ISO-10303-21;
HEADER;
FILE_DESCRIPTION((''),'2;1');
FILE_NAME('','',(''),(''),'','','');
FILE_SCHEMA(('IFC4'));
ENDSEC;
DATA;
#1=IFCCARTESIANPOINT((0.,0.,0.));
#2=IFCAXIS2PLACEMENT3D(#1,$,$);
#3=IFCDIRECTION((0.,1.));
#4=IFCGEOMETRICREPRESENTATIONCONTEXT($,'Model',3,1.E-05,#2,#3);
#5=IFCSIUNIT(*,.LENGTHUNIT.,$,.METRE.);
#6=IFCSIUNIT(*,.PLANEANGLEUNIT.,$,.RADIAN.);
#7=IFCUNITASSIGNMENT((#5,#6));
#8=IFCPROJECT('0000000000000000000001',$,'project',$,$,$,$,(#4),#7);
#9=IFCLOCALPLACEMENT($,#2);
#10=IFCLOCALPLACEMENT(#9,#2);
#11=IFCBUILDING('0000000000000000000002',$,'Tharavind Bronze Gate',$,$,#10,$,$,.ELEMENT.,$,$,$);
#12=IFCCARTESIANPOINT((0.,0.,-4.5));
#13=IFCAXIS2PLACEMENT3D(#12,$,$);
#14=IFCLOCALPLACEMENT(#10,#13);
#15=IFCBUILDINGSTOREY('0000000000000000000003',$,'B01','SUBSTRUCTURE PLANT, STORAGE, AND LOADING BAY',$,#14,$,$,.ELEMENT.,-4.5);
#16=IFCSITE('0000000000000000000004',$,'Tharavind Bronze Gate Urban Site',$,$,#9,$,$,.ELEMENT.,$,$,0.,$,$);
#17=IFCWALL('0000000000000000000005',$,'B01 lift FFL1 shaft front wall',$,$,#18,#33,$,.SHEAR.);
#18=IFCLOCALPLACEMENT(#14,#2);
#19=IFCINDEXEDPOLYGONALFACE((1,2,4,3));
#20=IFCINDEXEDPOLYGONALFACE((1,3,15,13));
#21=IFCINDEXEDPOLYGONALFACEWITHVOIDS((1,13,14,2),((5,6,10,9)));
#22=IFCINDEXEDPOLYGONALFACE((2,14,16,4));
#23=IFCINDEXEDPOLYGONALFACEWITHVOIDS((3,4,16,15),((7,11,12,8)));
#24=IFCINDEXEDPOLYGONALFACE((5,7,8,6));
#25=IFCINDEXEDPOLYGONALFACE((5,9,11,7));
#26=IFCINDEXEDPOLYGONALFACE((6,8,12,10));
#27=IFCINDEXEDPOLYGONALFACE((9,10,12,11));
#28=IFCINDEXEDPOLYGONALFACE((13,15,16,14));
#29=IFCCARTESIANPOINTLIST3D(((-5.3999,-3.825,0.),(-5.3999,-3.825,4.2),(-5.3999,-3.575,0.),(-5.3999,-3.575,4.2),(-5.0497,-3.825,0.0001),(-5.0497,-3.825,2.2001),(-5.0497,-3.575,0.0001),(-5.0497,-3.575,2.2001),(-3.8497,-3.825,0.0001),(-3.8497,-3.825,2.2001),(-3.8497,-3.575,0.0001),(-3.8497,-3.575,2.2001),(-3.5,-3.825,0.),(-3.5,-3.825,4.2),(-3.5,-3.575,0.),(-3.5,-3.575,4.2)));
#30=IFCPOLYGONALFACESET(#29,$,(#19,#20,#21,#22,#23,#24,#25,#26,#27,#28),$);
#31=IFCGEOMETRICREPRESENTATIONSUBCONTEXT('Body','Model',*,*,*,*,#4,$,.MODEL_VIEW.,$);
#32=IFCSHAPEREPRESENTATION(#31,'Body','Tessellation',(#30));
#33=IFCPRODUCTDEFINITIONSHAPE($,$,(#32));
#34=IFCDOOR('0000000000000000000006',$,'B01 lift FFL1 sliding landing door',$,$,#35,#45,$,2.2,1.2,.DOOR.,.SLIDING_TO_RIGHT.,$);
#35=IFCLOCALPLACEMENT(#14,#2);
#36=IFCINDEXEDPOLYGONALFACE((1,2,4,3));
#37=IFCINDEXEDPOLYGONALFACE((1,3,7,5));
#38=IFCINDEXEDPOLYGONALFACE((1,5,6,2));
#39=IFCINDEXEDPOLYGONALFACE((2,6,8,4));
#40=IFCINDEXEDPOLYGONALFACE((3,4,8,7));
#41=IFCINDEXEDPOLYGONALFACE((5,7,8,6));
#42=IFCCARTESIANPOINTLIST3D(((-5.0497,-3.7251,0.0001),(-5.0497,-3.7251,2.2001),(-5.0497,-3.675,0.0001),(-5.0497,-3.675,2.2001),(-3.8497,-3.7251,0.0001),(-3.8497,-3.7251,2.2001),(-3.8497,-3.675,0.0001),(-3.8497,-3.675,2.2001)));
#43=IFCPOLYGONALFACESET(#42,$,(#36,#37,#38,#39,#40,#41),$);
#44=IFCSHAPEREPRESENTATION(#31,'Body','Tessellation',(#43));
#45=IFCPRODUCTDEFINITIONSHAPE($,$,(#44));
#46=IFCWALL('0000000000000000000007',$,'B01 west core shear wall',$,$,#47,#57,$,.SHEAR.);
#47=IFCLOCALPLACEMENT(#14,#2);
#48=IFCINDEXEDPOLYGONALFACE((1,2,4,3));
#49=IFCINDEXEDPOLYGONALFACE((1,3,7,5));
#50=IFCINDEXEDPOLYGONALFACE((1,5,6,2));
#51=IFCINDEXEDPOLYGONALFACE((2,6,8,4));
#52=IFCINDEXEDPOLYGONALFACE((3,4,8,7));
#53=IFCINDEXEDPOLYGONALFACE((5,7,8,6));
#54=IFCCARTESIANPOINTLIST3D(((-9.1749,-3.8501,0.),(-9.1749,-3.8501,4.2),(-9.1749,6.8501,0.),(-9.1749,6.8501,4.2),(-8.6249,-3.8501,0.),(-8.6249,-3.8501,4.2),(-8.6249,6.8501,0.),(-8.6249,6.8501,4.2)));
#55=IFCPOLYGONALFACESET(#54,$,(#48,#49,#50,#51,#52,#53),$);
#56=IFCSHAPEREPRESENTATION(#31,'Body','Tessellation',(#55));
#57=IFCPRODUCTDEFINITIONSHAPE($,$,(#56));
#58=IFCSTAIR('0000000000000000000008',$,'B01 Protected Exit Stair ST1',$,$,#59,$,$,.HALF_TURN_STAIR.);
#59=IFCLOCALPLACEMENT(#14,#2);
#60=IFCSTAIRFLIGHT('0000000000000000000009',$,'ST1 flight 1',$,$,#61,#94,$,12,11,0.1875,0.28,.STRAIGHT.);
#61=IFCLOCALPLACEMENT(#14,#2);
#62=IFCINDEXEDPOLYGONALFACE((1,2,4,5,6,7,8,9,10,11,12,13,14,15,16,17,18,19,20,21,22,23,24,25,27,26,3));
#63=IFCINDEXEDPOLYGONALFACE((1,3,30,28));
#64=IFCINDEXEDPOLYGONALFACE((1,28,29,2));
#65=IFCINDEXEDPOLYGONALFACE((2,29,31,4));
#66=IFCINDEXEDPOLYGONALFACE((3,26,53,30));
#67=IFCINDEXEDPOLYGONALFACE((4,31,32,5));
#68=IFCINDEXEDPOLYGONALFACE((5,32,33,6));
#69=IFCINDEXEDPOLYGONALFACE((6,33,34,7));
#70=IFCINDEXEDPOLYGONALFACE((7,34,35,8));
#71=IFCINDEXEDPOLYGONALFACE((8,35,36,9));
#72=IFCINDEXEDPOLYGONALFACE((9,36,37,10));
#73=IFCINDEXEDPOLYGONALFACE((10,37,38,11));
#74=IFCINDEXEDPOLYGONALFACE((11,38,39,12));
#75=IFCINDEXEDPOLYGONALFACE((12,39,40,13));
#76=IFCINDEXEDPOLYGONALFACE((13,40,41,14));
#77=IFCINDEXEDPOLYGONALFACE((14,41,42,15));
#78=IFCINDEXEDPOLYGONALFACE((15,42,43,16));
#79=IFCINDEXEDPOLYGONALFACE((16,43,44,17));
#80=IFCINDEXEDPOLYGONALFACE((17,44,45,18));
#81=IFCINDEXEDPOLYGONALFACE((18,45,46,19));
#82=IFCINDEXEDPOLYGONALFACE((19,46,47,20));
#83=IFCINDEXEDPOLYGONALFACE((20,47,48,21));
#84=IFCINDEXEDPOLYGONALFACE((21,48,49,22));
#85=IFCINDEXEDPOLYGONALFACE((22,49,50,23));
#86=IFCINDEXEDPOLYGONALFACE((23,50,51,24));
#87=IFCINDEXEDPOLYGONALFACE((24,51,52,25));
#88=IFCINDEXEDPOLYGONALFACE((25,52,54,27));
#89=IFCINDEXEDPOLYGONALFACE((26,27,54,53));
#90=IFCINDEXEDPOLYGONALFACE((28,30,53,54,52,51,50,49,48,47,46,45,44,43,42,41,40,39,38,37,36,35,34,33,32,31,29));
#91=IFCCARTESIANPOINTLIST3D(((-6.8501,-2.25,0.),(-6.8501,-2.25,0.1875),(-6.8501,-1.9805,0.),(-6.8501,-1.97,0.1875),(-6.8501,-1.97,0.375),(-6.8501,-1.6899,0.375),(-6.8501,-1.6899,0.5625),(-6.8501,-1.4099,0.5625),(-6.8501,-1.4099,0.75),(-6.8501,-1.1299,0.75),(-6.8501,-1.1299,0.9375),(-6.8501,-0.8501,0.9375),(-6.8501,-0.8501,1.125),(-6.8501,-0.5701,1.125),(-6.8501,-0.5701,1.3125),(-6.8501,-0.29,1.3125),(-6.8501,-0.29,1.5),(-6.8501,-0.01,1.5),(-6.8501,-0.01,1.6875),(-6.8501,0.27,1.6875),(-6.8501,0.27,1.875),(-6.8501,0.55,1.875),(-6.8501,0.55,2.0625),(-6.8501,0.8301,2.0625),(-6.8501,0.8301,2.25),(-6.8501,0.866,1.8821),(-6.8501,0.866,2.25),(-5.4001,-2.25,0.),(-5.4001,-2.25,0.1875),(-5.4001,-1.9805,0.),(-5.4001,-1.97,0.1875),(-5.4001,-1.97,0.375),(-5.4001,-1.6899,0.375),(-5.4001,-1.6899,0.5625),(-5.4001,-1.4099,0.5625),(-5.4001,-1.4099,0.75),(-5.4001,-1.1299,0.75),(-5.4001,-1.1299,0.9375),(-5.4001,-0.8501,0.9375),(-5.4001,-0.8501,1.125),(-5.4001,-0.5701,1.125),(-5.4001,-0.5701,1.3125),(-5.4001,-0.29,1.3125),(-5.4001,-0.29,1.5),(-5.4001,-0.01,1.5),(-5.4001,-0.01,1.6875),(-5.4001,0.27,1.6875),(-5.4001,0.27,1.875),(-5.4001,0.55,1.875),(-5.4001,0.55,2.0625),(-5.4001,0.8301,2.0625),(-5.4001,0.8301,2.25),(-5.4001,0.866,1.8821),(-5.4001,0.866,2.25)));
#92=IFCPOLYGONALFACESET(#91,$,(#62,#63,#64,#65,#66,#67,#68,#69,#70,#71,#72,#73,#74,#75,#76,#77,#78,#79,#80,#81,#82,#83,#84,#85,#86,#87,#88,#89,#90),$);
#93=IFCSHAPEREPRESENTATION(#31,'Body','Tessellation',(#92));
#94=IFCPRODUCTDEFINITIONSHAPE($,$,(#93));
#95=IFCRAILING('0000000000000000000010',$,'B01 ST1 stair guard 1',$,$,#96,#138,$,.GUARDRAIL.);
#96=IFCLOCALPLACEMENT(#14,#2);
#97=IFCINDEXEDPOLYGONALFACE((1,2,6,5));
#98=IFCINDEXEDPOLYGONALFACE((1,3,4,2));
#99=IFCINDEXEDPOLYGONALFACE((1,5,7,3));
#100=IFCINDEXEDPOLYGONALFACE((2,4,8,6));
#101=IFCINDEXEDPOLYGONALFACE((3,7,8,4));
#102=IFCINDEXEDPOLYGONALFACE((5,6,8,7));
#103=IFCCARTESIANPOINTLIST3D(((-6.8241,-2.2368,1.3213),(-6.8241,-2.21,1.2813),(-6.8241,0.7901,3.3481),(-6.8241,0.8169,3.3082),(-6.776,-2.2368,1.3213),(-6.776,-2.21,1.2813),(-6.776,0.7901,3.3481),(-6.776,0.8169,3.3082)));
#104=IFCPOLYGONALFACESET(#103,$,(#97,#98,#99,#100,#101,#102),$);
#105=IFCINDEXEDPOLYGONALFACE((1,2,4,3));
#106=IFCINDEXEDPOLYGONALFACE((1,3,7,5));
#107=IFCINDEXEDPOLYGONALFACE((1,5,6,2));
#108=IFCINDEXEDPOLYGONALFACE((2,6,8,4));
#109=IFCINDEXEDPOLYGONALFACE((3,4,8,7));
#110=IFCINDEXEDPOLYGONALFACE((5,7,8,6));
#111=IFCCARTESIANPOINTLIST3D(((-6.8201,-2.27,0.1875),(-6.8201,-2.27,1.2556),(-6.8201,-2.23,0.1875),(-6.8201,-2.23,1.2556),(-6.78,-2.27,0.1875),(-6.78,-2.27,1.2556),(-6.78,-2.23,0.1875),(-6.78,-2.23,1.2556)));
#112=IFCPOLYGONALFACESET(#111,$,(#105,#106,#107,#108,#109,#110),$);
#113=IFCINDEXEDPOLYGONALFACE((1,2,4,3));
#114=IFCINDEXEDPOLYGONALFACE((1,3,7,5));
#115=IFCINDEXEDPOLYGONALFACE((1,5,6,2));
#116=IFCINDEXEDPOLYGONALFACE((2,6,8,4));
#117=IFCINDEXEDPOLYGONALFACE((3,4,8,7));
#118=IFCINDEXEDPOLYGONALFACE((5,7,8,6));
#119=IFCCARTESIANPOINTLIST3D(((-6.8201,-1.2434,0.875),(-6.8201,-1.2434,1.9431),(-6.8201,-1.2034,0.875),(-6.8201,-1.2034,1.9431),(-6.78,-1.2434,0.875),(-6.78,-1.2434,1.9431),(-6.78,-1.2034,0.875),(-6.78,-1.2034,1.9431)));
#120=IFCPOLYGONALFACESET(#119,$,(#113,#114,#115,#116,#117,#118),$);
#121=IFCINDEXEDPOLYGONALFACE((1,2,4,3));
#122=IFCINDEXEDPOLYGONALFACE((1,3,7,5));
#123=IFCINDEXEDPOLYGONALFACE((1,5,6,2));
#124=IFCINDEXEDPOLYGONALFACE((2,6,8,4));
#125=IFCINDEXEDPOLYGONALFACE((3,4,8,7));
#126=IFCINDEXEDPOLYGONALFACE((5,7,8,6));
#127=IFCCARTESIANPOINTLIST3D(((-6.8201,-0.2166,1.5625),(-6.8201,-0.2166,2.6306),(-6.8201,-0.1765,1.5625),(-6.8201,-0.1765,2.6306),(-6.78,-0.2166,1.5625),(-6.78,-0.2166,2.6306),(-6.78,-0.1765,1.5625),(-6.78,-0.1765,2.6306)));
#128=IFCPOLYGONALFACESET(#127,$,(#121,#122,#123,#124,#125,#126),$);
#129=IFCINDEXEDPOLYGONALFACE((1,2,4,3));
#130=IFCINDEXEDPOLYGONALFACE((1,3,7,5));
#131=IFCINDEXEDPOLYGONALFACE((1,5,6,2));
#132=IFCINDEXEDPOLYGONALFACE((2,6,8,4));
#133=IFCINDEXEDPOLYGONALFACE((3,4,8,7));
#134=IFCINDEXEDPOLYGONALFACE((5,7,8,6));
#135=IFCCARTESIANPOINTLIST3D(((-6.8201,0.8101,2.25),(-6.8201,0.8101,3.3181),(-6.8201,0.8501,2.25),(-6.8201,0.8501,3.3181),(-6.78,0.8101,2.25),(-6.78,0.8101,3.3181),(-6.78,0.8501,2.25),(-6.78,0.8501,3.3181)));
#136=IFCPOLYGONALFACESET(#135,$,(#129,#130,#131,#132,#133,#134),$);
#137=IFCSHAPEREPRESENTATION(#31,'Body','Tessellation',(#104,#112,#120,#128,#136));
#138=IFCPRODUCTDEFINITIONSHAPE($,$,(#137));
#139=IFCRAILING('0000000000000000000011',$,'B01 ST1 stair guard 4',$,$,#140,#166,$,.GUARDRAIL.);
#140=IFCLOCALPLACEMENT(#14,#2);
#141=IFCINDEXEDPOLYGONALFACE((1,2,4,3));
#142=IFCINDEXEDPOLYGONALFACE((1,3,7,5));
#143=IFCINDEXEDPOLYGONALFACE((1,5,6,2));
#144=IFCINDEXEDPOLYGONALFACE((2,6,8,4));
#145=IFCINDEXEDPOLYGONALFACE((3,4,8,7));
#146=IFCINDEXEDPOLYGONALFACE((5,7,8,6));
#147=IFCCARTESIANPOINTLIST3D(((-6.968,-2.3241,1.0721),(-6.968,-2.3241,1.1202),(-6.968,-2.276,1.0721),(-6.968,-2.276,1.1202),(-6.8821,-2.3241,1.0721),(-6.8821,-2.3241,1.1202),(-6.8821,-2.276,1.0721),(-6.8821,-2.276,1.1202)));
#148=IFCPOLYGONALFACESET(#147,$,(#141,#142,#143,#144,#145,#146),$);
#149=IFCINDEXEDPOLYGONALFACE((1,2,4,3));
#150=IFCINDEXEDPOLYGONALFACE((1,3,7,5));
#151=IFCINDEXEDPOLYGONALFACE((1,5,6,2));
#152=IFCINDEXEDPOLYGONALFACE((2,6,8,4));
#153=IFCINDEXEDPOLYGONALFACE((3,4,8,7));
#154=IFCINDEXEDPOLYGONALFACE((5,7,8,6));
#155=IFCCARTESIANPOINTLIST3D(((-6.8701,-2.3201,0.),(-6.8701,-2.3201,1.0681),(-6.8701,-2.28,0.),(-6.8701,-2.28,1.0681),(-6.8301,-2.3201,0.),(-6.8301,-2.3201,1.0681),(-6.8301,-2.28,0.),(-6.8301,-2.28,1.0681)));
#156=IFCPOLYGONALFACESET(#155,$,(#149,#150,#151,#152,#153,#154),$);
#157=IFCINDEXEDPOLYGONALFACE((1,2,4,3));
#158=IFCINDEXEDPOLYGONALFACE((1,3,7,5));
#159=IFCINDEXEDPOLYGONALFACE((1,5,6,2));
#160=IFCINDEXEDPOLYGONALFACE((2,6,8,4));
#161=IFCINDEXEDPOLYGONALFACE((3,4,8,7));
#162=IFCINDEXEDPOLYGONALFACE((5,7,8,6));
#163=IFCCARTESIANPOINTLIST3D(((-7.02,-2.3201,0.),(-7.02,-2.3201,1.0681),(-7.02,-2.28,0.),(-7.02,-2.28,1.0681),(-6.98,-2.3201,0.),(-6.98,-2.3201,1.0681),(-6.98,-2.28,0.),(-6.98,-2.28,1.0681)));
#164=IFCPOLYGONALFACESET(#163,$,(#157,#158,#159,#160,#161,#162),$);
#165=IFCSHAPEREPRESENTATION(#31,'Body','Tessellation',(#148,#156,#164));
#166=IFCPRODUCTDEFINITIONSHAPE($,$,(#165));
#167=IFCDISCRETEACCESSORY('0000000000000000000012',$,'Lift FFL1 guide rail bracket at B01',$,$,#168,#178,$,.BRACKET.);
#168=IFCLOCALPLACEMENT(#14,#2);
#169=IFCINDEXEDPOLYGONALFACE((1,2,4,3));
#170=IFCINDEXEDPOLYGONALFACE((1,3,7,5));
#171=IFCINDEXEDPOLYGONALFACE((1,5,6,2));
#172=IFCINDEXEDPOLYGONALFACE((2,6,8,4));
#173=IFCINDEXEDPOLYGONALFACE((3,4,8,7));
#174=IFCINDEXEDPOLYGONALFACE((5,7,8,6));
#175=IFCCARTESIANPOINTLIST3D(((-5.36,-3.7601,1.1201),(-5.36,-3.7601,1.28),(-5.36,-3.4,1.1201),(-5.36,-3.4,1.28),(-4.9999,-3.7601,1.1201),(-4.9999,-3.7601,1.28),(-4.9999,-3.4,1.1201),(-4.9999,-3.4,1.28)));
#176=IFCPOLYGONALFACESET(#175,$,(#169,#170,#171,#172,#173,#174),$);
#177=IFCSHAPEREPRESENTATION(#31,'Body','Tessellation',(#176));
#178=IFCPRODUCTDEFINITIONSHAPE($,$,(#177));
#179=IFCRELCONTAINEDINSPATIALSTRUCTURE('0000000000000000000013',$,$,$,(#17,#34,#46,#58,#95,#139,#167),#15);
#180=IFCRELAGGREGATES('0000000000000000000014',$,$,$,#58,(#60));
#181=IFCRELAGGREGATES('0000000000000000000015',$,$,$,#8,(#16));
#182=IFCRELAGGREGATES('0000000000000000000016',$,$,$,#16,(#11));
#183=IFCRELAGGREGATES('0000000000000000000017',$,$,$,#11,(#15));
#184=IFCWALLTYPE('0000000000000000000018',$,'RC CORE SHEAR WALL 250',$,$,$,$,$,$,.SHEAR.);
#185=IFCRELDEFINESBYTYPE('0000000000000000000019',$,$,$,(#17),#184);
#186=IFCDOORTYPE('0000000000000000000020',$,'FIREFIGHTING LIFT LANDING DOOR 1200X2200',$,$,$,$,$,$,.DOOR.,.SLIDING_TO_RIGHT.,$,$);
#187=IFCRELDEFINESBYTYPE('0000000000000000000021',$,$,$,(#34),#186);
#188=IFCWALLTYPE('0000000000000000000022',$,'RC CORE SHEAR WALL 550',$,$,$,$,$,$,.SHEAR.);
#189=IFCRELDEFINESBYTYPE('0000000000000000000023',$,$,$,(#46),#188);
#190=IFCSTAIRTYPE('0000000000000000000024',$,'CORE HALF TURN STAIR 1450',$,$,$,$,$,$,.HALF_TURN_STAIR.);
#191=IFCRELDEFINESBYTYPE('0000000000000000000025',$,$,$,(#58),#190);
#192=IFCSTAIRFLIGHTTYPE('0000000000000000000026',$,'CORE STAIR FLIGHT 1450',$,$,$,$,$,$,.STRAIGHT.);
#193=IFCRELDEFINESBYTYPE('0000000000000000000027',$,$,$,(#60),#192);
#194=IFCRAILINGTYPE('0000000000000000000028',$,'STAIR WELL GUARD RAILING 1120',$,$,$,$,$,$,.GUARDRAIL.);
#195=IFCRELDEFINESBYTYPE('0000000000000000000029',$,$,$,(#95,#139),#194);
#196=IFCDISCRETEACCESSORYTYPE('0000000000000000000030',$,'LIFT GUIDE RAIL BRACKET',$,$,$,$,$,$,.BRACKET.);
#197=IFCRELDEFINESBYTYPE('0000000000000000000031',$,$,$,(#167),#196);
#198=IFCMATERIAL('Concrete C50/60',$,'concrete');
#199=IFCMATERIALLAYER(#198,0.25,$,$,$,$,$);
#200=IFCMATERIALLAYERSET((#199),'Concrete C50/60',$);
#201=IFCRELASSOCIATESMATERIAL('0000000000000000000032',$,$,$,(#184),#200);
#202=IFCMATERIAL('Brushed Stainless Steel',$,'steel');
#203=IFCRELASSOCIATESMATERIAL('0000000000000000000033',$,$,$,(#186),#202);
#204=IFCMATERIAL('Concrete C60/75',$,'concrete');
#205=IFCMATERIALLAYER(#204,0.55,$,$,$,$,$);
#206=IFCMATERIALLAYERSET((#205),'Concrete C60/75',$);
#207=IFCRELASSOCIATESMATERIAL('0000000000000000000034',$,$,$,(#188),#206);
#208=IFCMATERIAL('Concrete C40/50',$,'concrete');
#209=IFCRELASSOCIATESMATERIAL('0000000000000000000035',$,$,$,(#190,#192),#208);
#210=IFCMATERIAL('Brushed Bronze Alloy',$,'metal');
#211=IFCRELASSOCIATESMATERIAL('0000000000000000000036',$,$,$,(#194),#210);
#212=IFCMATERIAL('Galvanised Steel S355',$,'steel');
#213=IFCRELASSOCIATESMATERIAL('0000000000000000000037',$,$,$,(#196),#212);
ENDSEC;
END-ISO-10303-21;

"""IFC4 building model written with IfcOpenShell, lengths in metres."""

from ifc_helpers import new_model, si_unit, direction, frame, frame_2d, origin, origin_2d, place, context, subcontext, project, spatial, polyline, rectangle, outline, extrude, material, layer, layer_set, type_object, element, fill, aggregate, save


model = new_model("IFC4")

# Units and contexts
model_context = context("Model", 3, precision=1e-05, world=origin(), true_north=direction((0.0, 1.0)))
body_context = subcontext(model_context, "Body", "Model", "MODEL_VIEW")
ifc_project = project(units=[si_unit("LENGTHUNIT", "METRE"), si_unit("PLANEANGLEUNIT", "RADIAN")], contexts=[model_context])

# Site, building, storey
site_placement = place(None, origin())
site = spatial("IfcSite", under=ifc_project, at=site_placement, Name="Tharavind Bronze Gate Urban Site", CompositionType="ELEMENT", RefElevation=0.0)
building_placement = place(site_placement, origin())
building = spatial("IfcBuilding", under=site, at=building_placement, Name="Tharavind Bronze Gate", CompositionType="ELEMENT")
storey_placement = place(building_placement, frame((0.0, 0.0, -4.5)))
storey = spatial("IfcBuildingStorey", under=building, at=storey_placement, Name="B01", Description="SUBSTRUCTURE PLANT, STORAGE, AND LOADING BAY", CompositionType="ELEMENT", Elevation=-4.5)

# Shared definitions
ifc_material_1 = material(Name="Concrete C50/60", Category="concrete")

# Shared definitions
ifc_layer_1 = layer(ifc_material_1, 0.25)
ifc_layer_set_1 = layer_set([ifc_layer_1], Name="Concrete C50/60")
wall_type_1 = type_object("IfcWallType", Name="RC CORE SHEAR WALL 250", PredefinedType="SHEAR", material=ifc_layer_set_1)

# Wall, opening, door
wall_1_placement = place(storey_placement, frame((-5.3999, -3.7, 0.0), z_axis=(0.0, 0.0, 1.0), x_axis=(1.0, 0.0, 0.0)))
wall_1 = element("IfcWall", 1, at=wall_1_placement, inside=storey, type_object=wall_type_1, Name="B01 lift FFL1 shaft front wall", PredefinedType="SHEAR", context=body_context, shape_type="SweptSolid", body=[
    extrude(rectangle(XDim=1.8999, YDim=0.25, at=frame_2d((0.95, 0.0))), origin(), (0.0, 0.0, 1.0), 4.2),
])
opening_1_placement = place(wall_1_placement, frame((0.3501, 0.0, 0.0)))
opening_1 = element("IfcOpeningElement", 2, at=opening_1_placement, cuts=wall_1, PredefinedType="OPENING", context=body_context, shape_type="SweptSolid", body=[
    extrude(rectangle(XDim=1.2, YDim=2.2, at=frame_2d((0.6001, 1.1001))), frame((0.0, 0.135, 0.0), z_axis=(0.0, -1.0, 0.0), x_axis=(1.0, 0.0, 0.0)), (0.0, 0.0, 1.0), 0.27),
])
ifc_material_2 = material(Name="Brushed Stainless Steel", Category="steel")
door_type_1 = type_object("IfcDoorType", Name="FIREFIGHTING LIFT LANDING DOOR 1200X2200", OperationType="SLIDING_TO_RIGHT", PredefinedType="DOOR", material=ifc_material_2)
door_1_placement = place(opening_1_placement, origin())
door_1 = element("IfcDoor", 3, at=door_1_placement, inside=storey, type_object=door_type_1, Name="B01 lift FFL1 sliding landing door", OperationType="SLIDING_TO_RIGHT", OverallHeight=2.2, OverallWidth=1.2, PredefinedType="DOOR", context=body_context, shape_type="SweptSolid", body=[
    extrude(rectangle(XDim=1.2, YDim=2.2, at=frame_2d((0.6001, 1.1001))), frame((0.0, 0.0249, 0.0), z_axis=(0.0, -1.0, 0.0), x_axis=(1.0, 0.0, 0.0)), (0.0, 0.0, 1.0), 0.05),
])
fill(opening_1, door_1)

# Wall
ifc_material_3 = material(Name="Concrete C60/75", Category="concrete")
ifc_layer_2 = layer(ifc_material_3, 0.55)
ifc_layer_set_2 = layer_set([ifc_layer_2], Name="Concrete C60/75")
wall_type_2 = type_object("IfcWallType", Name="RC CORE SHEAR WALL 550", PredefinedType="SHEAR", material=ifc_layer_set_2)
wall_2_placement = place(storey_placement, frame((-8.8999, -3.8501, 0.0), z_axis=(0.0, 0.0, 1.0), x_axis=(0.0, 1.0, 0.0)))
element("IfcWall", 4, at=wall_2_placement, inside=storey, type_object=wall_type_2, Name="B01 west core shear wall", PredefinedType="SHEAR", context=body_context, shape_type="SweptSolid", body=[
    extrude(rectangle(XDim=10.7002, YDim=0.55, at=frame_2d((5.3501, 0.0))), origin(), (0.0, 0.0, 1.0), 4.2),
])

# Stair, stair flight
ifc_material_4 = material(Name="Concrete C40/50", Category="concrete")
stair_type = type_object("IfcStairType", Name="CORE HALF TURN STAIR 1450", PredefinedType="HALF_TURN_STAIR", material=ifc_material_4)
stair_placement = place(storey_placement, origin())
stair = element("IfcStair", 5, at=stair_placement, inside=storey, type_object=stair_type, Name="B01 Protected Exit Stair ST1", PredefinedType="HALF_TURN_STAIR")
stair_flight_type = type_object("IfcStairFlightType", Name="CORE STAIR FLIGHT 1450", PredefinedType="STRAIGHT", material=ifc_material_4)
stair_flight_placement = place(storey_placement, frame((-6.125, -2.25, 0.0), z_axis=(0.0, 0.0, 1.0), x_axis=(0.0, 1.0, 0.0)))
stair_flight = element("IfcStairFlight", 6, at=stair_flight_placement, type_object=stair_flight_type, Name="ST1 flight 1", NumberOfRisers=12, NumberOfTreads=11, PredefinedType="STRAIGHT", RiserHeight=0.1875, TreadLength=0.28, context=body_context, shape_type="SweptSolid", body=[
    extrude(outline(polyline([(0.0, 0.0), (0.0, 0.1875), (0.28, 0.1875), (0.28, 0.375), (0.5601, 0.375), (0.5601, 0.5625), (0.8401, 0.5625), (0.8401, 0.75), (1.1201, 0.75), (1.1201, 0.9375), (1.3999, 0.9375), (1.3999, 1.125), (1.6799, 1.125), (1.6799, 1.3125), (1.96, 1.3125), (1.96, 1.5), (2.24, 1.5), (2.24, 1.6875), (2.52, 1.6875), (2.52, 1.875), (2.8, 1.875), (2.8, 2.0625), (3.0801, 2.0625), (3.0801, 2.25), (3.116, 2.25), (3.116, 1.8821), (0.2695, 0.0), (0.0, 0.0)])), frame((0.0, 0.7251, 0.0), z_axis=(0.0, -1.0, 0.0), x_axis=(1.0, 0.0, 0.0)), (0.0, 0.0, 1.0), 1.45),
])
aggregate(stair, [stair_flight])

# Railings
ifc_material_5 = material(Name="Brushed Bronze Alloy", Category="metal")
railing_type = type_object("IfcRailingType", Name="STAIR WELL GUARD RAILING 1120", PredefinedType="GUARDRAIL", material=ifc_material_5)
railing_1_placement = place(storey_placement, frame((-6.8, -2.25, 0.1875)))
element("IfcRailing", 7, at=railing_1_placement, inside=storey, type_object=railing_type, Name="B01 ST1 stair guard 1", PredefinedType="GUARDRAIL", context=body_context, shape_type="SweptSolid", body=[
    extrude(rectangle(XDim=0.0481, YDim=0.0481, at=origin_2d()), frame((0.0, 0.0266, 1.1138), z_axis=(0.0, 0.830914, 0.556401), x_axis=(-1.0, 0.0, 0.0)), (0.0, 0.0, 1.0), 3.6428),
    extrude(rectangle(XDim=0.04, YDim=0.04, at=origin_2d()), origin(), (0.0, 0.0, 1.0), 1.0681),
    extrude(rectangle(XDim=0.04, YDim=0.04, at=origin_2d()), frame((0.0, 1.0266, 0.6875)), (0.0, 0.0, 1.0), 1.0681),
    extrude(rectangle(XDim=0.04, YDim=0.04, at=origin_2d()), frame((0.0, 2.0535, 1.375)), (0.0, 0.0, 1.0), 1.0681),
    extrude(rectangle(XDim=0.04, YDim=0.04, at=origin_2d()), frame((0.0, 3.0801, 2.0625)), (0.0, 0.0, 1.0), 1.0681),
])
railing_2_placement = place(storey_placement, frame((-6.8501, -2.3, 0.0)))
element("IfcRailing", 8, at=railing_2_placement, inside=storey, type_object=railing_type, Name="B01 ST1 stair guard 4", PredefinedType="GUARDRAIL", context=body_context, shape_type="SweptSolid", body=[
    extrude(rectangle(XDim=0.0481, YDim=0.0481, at=origin_2d()), frame((-0.032, 0.0, 1.0962), z_axis=(-1.0, 0.0, 0.0), x_axis=(0.0, -1.0, 0.0)), (0.0, 0.0, 1.0), 0.0859),
    extrude(rectangle(XDim=0.04, YDim=0.04, at=origin_2d()), origin(), (0.0, 0.0, 1.0), 1.0681),
    extrude(rectangle(XDim=0.04, YDim=0.04, at=origin_2d()), frame((-0.1499, 0.0, 0.0)), (0.0, 0.0, 1.0), 1.0681),
])

# Discrete accessory
ifc_material_6 = material(Name="Galvanised Steel S355", Category="steel")
discrete_accessory_type = type_object("IfcDiscreteAccessoryType", Name="LIFT GUIDE RAIL BRACKET", PredefinedType="BRACKET", material=ifc_material_6)
discrete_accessory_placement = place(storey_placement, frame((-5.1799, -3.5801, 1.1201), z_axis=(0.0, 0.0, 1.0), x_axis=(1.0, 0.0, 0.0)))
element("IfcDiscreteAccessory", 9, at=discrete_accessory_placement, inside=storey, type_object=discrete_accessory_type, Name="Lift FFL1 guide rail bracket at B01", PredefinedType="BRACKET", context=body_context, shape_type="SweptSolid", body=[
    extrude(rectangle(XDim=0.3601, YDim=0.3601, at=origin_2d()), origin(), (0.0, 0.0, 1.0), 0.1599),
])

save(model, "model.ifc")
